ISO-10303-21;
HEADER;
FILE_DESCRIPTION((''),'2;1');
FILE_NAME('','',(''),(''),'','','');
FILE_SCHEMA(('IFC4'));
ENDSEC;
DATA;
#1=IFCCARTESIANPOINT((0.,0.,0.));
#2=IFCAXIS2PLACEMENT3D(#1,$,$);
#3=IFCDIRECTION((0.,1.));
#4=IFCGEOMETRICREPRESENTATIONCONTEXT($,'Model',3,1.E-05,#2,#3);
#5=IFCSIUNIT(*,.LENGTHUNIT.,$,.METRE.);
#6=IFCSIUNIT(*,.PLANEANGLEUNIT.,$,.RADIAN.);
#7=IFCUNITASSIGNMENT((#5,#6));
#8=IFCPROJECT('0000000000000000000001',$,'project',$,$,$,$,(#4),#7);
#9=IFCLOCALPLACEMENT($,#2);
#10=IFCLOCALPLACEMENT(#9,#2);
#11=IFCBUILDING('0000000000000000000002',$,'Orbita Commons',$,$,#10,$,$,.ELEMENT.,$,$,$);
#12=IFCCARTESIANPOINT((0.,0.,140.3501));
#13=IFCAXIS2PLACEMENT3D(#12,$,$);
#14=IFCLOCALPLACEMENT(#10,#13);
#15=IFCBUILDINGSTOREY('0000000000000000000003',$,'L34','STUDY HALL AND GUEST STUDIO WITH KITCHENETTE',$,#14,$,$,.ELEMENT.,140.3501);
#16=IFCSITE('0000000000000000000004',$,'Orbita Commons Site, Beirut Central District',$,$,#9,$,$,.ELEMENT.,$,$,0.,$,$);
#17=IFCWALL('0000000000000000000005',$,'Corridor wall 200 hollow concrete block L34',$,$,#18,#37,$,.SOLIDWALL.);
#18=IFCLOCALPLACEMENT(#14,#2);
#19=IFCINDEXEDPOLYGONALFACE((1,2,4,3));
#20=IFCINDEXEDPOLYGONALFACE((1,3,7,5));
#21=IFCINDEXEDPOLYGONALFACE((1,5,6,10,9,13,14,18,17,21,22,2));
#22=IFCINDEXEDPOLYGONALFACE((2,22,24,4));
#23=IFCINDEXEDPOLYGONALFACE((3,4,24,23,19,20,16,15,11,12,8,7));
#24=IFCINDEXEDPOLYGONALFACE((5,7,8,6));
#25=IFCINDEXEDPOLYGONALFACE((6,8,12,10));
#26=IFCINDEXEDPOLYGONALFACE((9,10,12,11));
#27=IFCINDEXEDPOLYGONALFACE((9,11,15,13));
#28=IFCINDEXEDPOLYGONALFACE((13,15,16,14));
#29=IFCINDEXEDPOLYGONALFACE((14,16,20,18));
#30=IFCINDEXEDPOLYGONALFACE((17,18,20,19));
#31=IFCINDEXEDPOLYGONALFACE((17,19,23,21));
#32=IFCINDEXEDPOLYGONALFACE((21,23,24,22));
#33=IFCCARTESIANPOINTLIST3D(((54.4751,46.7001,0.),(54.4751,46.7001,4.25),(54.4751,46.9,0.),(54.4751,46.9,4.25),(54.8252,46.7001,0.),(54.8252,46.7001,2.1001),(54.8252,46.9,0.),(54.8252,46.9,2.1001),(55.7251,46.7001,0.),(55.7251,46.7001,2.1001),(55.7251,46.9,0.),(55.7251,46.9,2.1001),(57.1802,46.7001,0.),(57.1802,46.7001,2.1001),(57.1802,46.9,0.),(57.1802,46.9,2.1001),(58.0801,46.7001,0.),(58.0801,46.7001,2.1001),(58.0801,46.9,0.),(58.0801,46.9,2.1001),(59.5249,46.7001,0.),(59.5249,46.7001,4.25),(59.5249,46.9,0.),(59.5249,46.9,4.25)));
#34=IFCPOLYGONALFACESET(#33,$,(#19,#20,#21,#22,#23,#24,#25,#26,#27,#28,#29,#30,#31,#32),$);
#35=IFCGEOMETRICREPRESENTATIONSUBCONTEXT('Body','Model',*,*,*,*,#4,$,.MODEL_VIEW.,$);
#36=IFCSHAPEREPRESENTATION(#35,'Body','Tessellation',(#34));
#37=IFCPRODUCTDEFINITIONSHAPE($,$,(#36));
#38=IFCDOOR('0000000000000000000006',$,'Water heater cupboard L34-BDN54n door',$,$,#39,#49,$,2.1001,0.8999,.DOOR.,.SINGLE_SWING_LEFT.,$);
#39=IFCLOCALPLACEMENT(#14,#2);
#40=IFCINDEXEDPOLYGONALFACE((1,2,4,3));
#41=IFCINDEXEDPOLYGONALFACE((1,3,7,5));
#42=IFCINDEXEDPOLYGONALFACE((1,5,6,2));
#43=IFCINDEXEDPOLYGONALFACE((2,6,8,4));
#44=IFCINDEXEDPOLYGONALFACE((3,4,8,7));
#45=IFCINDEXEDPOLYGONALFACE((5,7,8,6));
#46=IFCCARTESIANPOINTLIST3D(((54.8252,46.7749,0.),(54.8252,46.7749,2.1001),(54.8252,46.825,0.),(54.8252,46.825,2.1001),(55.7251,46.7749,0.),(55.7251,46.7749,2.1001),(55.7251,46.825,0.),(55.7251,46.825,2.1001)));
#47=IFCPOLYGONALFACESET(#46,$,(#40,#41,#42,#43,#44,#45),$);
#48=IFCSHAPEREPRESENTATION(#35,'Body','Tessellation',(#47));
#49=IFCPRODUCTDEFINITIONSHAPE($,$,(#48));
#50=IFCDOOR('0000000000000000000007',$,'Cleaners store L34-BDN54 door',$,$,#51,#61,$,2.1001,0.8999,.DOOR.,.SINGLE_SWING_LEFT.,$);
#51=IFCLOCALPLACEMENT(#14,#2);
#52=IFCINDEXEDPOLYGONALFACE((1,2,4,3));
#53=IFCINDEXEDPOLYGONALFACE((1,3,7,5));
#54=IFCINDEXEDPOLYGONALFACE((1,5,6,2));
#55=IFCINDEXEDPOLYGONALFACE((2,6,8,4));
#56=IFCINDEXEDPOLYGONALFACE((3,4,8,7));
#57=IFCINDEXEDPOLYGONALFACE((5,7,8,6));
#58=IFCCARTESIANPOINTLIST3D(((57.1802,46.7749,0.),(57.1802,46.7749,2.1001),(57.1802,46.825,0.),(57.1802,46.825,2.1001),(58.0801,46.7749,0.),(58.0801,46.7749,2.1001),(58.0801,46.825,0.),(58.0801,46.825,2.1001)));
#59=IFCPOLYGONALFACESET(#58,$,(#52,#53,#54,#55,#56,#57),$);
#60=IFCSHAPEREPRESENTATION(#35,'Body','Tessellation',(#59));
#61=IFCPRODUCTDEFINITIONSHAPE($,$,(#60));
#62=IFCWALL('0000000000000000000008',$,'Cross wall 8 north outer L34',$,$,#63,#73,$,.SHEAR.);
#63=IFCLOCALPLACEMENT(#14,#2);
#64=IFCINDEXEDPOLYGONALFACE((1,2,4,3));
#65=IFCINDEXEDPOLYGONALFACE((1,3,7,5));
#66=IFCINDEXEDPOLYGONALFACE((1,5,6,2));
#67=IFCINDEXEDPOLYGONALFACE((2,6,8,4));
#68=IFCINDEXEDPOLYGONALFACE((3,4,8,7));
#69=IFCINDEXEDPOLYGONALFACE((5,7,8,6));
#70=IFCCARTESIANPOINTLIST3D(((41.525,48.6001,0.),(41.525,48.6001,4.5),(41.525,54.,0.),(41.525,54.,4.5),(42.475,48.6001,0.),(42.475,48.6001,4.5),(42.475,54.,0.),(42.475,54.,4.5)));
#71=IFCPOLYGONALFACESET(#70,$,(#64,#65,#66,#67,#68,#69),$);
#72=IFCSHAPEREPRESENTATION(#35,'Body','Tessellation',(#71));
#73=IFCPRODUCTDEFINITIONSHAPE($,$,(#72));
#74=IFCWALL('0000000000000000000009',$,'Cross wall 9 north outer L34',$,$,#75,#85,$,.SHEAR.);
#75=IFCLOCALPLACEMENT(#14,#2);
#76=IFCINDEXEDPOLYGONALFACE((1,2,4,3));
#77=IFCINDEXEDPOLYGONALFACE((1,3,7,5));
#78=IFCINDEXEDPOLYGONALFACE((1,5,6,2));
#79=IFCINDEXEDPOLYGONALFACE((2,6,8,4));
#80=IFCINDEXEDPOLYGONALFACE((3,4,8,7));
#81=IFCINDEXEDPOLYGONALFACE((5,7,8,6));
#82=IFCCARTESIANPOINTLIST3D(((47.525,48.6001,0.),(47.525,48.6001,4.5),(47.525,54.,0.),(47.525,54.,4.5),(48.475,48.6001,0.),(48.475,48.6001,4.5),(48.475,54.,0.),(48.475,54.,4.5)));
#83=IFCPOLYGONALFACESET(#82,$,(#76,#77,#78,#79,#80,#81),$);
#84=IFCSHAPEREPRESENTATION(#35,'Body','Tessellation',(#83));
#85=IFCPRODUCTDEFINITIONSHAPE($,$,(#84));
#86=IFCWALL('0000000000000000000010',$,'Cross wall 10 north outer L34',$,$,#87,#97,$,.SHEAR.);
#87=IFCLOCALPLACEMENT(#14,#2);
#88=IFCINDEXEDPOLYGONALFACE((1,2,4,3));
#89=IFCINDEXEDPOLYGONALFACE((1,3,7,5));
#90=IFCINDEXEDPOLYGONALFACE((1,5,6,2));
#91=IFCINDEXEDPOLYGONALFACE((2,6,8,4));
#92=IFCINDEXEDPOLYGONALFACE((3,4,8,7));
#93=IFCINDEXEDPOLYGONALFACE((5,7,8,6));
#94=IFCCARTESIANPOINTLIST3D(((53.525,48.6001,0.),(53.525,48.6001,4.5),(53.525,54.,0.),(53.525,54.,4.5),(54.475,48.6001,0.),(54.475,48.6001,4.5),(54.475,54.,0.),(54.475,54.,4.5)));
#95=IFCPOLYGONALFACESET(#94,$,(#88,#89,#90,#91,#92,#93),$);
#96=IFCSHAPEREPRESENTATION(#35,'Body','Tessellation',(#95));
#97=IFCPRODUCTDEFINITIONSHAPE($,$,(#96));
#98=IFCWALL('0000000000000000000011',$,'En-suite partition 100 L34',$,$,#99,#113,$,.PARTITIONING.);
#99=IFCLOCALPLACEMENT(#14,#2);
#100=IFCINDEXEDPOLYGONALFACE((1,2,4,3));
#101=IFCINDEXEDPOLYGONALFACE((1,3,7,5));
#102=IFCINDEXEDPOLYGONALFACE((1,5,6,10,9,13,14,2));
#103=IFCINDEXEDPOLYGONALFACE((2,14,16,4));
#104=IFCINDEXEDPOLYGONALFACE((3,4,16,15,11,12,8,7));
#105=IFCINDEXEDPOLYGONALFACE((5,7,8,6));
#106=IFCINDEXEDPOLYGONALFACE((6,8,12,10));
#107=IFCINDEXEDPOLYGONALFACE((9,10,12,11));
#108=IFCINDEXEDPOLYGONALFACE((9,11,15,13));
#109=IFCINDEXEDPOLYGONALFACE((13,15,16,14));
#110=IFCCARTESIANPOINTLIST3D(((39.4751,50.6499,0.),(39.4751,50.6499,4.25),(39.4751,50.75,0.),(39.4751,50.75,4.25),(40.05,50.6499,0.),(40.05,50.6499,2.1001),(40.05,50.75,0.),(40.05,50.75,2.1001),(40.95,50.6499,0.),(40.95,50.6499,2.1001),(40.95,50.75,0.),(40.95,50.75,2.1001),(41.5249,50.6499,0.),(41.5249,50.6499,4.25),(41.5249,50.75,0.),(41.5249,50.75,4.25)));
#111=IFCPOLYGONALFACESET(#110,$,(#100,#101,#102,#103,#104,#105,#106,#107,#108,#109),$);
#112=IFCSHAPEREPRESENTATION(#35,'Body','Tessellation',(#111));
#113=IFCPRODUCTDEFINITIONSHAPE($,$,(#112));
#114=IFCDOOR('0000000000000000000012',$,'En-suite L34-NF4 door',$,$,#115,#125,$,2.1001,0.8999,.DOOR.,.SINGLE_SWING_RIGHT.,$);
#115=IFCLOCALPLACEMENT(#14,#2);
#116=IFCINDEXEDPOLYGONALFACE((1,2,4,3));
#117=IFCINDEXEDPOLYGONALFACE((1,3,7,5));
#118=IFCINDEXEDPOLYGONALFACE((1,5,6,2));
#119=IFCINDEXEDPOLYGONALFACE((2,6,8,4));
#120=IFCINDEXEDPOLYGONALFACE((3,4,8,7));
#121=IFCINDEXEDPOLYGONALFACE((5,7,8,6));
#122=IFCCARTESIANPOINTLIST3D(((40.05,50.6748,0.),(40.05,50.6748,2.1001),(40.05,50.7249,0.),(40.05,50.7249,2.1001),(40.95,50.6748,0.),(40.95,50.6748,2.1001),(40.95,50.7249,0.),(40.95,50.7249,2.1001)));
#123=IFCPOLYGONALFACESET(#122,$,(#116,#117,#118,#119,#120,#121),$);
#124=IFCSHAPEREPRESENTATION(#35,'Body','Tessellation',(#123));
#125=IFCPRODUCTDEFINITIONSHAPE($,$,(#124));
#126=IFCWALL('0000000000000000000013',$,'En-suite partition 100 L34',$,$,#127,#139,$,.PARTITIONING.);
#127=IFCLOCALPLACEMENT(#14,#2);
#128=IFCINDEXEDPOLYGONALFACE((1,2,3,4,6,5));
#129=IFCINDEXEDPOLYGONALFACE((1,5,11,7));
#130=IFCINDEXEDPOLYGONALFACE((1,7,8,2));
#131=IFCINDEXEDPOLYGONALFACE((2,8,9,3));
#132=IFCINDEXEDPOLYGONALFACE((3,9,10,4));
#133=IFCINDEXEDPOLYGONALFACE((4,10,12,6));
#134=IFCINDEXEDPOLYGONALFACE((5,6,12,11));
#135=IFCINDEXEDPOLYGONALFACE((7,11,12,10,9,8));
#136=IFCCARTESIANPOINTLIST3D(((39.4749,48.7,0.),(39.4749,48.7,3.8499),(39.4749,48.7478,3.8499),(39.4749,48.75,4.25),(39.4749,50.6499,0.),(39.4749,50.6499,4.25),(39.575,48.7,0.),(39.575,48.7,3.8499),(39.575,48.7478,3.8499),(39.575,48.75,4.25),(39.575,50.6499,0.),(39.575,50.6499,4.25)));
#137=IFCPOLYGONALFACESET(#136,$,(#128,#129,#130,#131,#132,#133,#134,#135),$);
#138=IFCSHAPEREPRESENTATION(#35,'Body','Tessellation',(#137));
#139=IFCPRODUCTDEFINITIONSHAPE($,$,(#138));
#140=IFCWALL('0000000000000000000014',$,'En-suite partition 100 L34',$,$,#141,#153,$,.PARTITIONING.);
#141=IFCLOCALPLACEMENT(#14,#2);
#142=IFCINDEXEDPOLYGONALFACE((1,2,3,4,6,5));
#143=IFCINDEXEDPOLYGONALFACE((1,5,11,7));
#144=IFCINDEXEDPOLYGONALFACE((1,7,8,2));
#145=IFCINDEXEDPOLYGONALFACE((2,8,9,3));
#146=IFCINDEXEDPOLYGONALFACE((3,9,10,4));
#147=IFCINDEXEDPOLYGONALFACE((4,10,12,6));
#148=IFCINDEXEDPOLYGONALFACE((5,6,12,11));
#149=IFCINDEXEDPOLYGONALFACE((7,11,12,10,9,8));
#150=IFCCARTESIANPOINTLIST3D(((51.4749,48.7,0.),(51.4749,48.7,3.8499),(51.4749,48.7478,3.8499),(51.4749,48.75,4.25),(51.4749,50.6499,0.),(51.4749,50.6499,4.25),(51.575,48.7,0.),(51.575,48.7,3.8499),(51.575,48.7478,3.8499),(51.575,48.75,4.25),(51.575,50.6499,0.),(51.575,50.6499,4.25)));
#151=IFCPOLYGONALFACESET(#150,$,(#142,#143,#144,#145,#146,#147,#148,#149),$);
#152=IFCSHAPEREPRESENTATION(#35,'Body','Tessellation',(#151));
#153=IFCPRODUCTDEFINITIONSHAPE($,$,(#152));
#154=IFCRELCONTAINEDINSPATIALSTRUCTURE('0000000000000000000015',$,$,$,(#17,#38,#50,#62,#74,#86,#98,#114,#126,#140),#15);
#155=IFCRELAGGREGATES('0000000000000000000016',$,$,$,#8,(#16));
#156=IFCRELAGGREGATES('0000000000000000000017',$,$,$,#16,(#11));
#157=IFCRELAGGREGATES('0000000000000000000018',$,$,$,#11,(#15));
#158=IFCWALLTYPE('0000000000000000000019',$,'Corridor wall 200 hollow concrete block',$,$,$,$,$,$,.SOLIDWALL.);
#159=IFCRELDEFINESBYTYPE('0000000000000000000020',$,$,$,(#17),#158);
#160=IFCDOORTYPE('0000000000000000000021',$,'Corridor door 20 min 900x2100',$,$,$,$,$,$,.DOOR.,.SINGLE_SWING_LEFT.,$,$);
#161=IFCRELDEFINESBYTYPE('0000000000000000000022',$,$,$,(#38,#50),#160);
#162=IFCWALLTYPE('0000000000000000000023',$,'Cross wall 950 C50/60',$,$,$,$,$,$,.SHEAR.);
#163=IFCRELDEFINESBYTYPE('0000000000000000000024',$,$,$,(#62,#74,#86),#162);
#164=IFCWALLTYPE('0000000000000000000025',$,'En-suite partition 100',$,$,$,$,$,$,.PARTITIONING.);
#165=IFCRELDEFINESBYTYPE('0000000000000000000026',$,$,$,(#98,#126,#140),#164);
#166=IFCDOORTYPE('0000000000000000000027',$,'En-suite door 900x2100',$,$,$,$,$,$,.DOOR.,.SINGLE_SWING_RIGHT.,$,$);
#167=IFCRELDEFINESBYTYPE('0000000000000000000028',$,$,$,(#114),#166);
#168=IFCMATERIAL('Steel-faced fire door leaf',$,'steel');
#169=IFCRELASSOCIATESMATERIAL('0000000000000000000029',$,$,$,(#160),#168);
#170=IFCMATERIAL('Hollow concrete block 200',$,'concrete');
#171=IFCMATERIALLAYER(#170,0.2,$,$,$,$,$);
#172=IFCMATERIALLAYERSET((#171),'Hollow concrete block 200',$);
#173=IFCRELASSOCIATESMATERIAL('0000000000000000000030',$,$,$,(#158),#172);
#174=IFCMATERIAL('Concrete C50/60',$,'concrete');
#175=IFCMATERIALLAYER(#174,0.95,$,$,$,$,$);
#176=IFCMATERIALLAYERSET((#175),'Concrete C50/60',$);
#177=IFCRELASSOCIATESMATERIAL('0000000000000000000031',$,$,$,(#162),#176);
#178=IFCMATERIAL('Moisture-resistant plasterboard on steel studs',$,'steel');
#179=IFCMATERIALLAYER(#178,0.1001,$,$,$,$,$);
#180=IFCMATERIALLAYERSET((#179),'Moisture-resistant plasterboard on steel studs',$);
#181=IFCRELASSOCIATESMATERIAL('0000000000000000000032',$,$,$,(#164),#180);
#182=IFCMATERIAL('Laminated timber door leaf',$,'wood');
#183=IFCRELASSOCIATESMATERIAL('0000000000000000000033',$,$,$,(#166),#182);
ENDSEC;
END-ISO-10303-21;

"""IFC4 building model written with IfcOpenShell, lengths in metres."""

from ifc_helpers import new_model, si_unit, direction, frame, frame_2d, origin, place, context, subcontext, project, spatial, polyline, rectangle, outline, extrude, material, layer, layer_set, type_object, element, fill, save


model = new_model("IFC4")

# Units and contexts
model_context = context("Model", 3, precision=1e-05, world=origin(), true_north=direction((0.0, 1.0)))
body_context = subcontext(model_context, "Body", "Model", "MODEL_VIEW")
ifc_project = project(units=[si_unit("LENGTHUNIT", "METRE"), si_unit("PLANEANGLEUNIT", "RADIAN")], contexts=[model_context])

# Site, building, storey
site_placement = place(None, origin())
site = spatial("IfcSite", under=ifc_project, at=site_placement, Name="Orbita Commons Site, Beirut Central District", CompositionType="ELEMENT", RefElevation=0.0)
building_placement = place(site_placement, origin())
building = spatial("IfcBuilding", under=site, at=building_placement, Name="Orbita Commons", CompositionType="ELEMENT")
storey_placement = place(building_placement, frame((0.0, 0.0, 140.3501)))
storey = spatial("IfcBuildingStorey", under=building, at=storey_placement, Name="L34", Description="STUDY HALL AND GUEST STUDIO WITH KITCHENETTE", CompositionType="ELEMENT", Elevation=140.3501)

# Shared definitions
ifc_material_1 = material(Name="Steel-faced fire door leaf", Category="steel")
door_type_1 = type_object("IfcDoorType", Name="Corridor door 20 min 900x2100", OperationType="SINGLE_SWING_LEFT", PredefinedType="DOOR", material=ifc_material_1)

# Wall, openings, doors
ifc_material_2 = material(Name="Hollow concrete block 200", Category="concrete")
ifc_layer_1 = layer(ifc_material_2, 0.2)
ifc_layer_set_1 = layer_set([ifc_layer_1], Name="Hollow concrete block 200")
wall_type_1 = type_object("IfcWallType", Name="Corridor wall 200 hollow concrete block", PredefinedType="SOLIDWALL", material=ifc_layer_set_1)
wall_1_placement = place(storey_placement, frame((54.4751, 46.8, 0.0), z_axis=(0.0, 0.0, 1.0), x_axis=(1.0, 0.0, 0.0)))
wall_1 = element("IfcWall", 1, at=wall_1_placement, inside=storey, type_object=wall_type_1, Name="Corridor wall 200 hollow concrete block L34", PredefinedType="SOLIDWALL", context=body_context, shape_type="SweptSolid", body=[
    extrude(rectangle(XDim=5.0498, YDim=0.2, at=frame_2d((2.5249, 0.0))), origin(), (0.0, 0.0, 1.0), 4.25),
])
opening_1_placement = place(wall_1_placement, frame((0.3501, 0.0, 0.0)))
opening_1 = element("IfcOpeningElement", 2, at=opening_1_placement, cuts=wall_1, PredefinedType="OPENING", context=body_context, shape_type="SweptSolid", body=[
    extrude(rectangle(XDim=0.8999, YDim=2.1001, at=frame_2d((0.45, 1.05))), frame((0.0, 0.1099, 0.0), z_axis=(0.0, -1.0, 0.0), x_axis=(1.0, 0.0, 0.0)), (0.0, 0.0, 1.0), 0.22),
])
opening_2_placement = place(wall_1_placement, frame((2.7051, 0.0, 0.0)))
opening_2 = element("IfcOpeningElement", 3, at=opening_2_placement, cuts=wall_1, PredefinedType="OPENING", context=body_context, shape_type="SweptSolid", body=[
    extrude(rectangle(XDim=0.8999, YDim=2.1001, at=frame_2d((0.45, 1.05))), frame((0.0, 0.1099, 0.0), z_axis=(0.0, -1.0, 0.0), x_axis=(1.0, 0.0, 0.0)), (0.0, 0.0, 1.0), 0.22),
])
door_1_placement = place(opening_1_placement, origin())
door_1 = element("IfcDoor", 4, at=door_1_placement, inside=storey, type_object=door_type_1, Name="Water heater cupboard L34-BDN54n door", OperationType="SINGLE_SWING_LEFT", OverallHeight=2.1001, OverallWidth=0.8999, PredefinedType="DOOR", context=body_context, shape_type="SweptSolid", body=[
    extrude(rectangle(XDim=0.8999, YDim=2.1001, at=frame_2d((0.45, 1.05))), frame((0.0, 0.0249, 0.0), z_axis=(0.0, -1.0, 0.0), x_axis=(1.0, 0.0, 0.0)), (0.0, 0.0, 1.0), 0.05),
])
fill(opening_1, door_1)
door_2_placement = place(opening_2_placement, origin())
door_2 = element("IfcDoor", 5, at=door_2_placement, inside=storey, type_object=door_type_1, Name="Cleaners store L34-BDN54 door", OperationType="SINGLE_SWING_LEFT", OverallHeight=2.1001, OverallWidth=0.8999, PredefinedType="DOOR", context=body_context, shape_type="SweptSolid", body=[
    extrude(rectangle(XDim=0.8999, YDim=2.1001, at=frame_2d((0.45, 1.05))), frame((0.0, 0.0249, 0.0), z_axis=(0.0, -1.0, 0.0), x_axis=(1.0, 0.0, 0.0)), (0.0, 0.0, 1.0), 0.05),
])
fill(opening_2, door_2)

# Walls
ifc_material_3 = material(Name="Concrete C50/60", Category="concrete")
ifc_layer_2 = layer(ifc_material_3, 0.95)
ifc_layer_set_2 = layer_set([ifc_layer_2], Name="Concrete C50/60")
wall_type_2 = type_object("IfcWallType", Name="Cross wall 950 C50/60", PredefinedType="SHEAR", material=ifc_layer_set_2)
for number, where, z_axis, x_axis, name in (
    (6, (42.0, 48.6001, 0.0), (0.0, 0.0, 1.0), (0.0, 1.0, 0.0), "Cross wall 8 north outer L34"),
    (7, (48.0, 48.6001, 0.0), (0.0, 0.0, 1.0), (0.0, 1.0, 0.0), "Cross wall 9 north outer L34"),
    (8, (54.0, 48.6001, 0.0), (0.0, 0.0, 1.0), (0.0, 1.0, 0.0), "Cross wall 10 north outer L34"),
):
    element("IfcWall", number, at=place(storey_placement, frame(where, z_axis=z_axis, x_axis=x_axis)), inside=storey, type_object=wall_type_2, Name=name, PredefinedType="SHEAR", context=body_context, shape_type="SweptSolid", body=[
        extrude(rectangle(XDim=5.3999, YDim=0.95, at=frame_2d((2.7, 0.0))), origin(), (0.0, 0.0, 1.0), 4.5),
    ])

# Wall, opening, door
ifc_material_4 = material(Name="Moisture-resistant plasterboard on steel studs", Category="steel")
ifc_layer_3 = layer(ifc_material_4, 0.1001)
ifc_layer_set_3 = layer_set([ifc_layer_3], Name="Moisture-resistant plasterboard on steel studs")
wall_type_3 = type_object("IfcWallType", Name="En-suite partition 100", PredefinedType="PARTITIONING", material=ifc_layer_set_3)
wall_2_placement = place(storey_placement, frame((39.4751, 50.7, 0.0), z_axis=(0.0, 0.0, 1.0), x_axis=(1.0, 0.0, 0.0)))
wall_2 = element("IfcWall", 9, at=wall_2_placement, inside=storey, type_object=wall_type_3, Name="En-suite partition 100 L34", PredefinedType="PARTITIONING", context=body_context, shape_type="SweptSolid", body=[
    extrude(rectangle(XDim=2.0498, YDim=0.1001, at=frame_2d((1.0249, 0.0))), origin(), (0.0, 0.0, 1.0), 4.25),
])
opening_3_placement = place(wall_2_placement, frame((0.575, 0.0, 0.0)))
opening_3 = element("IfcOpeningElement", 10, at=opening_3_placement, cuts=wall_2, PredefinedType="OPENING", context=body_context, shape_type="SweptSolid", body=[
    extrude(rectangle(XDim=0.8999, YDim=2.1001, at=frame_2d((0.45, 1.05))), frame((0.0, 0.0601, 0.0), z_axis=(0.0, -1.0, 0.0), x_axis=(1.0, 0.0, 0.0)), (0.0, 0.0, 1.0), 0.1201),
])
ifc_material_5 = material(Name="Laminated timber door leaf", Category="wood")
door_type_2 = type_object("IfcDoorType", Name="En-suite door 900x2100", OperationType="SINGLE_SWING_RIGHT", PredefinedType="DOOR", material=ifc_material_5)
door_3_placement = place(opening_3_placement, origin())
door_3 = element("IfcDoor", 11, at=door_3_placement, inside=storey, type_object=door_type_2, Name="En-suite L34-NF4 door", OperationType="SINGLE_SWING_RIGHT", OverallHeight=2.1001, OverallWidth=0.8999, PredefinedType="DOOR", context=body_context, shape_type="SweptSolid", body=[
    extrude(rectangle(XDim=0.8999, YDim=2.1001, at=frame_2d((0.45, 1.05))), frame((0.0, 0.0249, 0.0), z_axis=(0.0, -1.0, 0.0), x_axis=(1.0, 0.0, 0.0)), (0.0, 0.0, 1.0), 0.05),
])
fill(opening_3, door_3)

# Walls
for number, where, z_axis, x_axis, name in (
    (12, (39.5249, 50.6499, 0.0), (0.0, 0.0, 1.0), (0.0, -1.0, 0.0), "En-suite partition 100 L34"),
    (13, (51.5249, 50.6499, 0.0), (0.0, 0.0, 1.0), (0.0, -1.0, 0.0), "En-suite partition 100 L34"),
):
    element("IfcWall", number, at=place(storey_placement, frame(where, z_axis=z_axis, x_axis=x_axis)), inside=storey, type_object=wall_type_3, Name=name, PredefinedType="PARTITIONING", context=body_context, shape_type="SweptSolid", body=[
        extrude(outline(polyline([(0.0, 0.0), (1.95, 0.0), (1.95, 3.8499), (1.9021, 3.8499), (1.8999, 4.25), (0.0, 4.25), (0.0, 0.0)])), frame((0.0, 0.05, 0.0), z_axis=(0.0, -1.0, 0.0), x_axis=(1.0, 0.0, 0.0)), (0.0, 0.0, 1.0), 0.1001),
    ])

save(model, "model.ifc")
